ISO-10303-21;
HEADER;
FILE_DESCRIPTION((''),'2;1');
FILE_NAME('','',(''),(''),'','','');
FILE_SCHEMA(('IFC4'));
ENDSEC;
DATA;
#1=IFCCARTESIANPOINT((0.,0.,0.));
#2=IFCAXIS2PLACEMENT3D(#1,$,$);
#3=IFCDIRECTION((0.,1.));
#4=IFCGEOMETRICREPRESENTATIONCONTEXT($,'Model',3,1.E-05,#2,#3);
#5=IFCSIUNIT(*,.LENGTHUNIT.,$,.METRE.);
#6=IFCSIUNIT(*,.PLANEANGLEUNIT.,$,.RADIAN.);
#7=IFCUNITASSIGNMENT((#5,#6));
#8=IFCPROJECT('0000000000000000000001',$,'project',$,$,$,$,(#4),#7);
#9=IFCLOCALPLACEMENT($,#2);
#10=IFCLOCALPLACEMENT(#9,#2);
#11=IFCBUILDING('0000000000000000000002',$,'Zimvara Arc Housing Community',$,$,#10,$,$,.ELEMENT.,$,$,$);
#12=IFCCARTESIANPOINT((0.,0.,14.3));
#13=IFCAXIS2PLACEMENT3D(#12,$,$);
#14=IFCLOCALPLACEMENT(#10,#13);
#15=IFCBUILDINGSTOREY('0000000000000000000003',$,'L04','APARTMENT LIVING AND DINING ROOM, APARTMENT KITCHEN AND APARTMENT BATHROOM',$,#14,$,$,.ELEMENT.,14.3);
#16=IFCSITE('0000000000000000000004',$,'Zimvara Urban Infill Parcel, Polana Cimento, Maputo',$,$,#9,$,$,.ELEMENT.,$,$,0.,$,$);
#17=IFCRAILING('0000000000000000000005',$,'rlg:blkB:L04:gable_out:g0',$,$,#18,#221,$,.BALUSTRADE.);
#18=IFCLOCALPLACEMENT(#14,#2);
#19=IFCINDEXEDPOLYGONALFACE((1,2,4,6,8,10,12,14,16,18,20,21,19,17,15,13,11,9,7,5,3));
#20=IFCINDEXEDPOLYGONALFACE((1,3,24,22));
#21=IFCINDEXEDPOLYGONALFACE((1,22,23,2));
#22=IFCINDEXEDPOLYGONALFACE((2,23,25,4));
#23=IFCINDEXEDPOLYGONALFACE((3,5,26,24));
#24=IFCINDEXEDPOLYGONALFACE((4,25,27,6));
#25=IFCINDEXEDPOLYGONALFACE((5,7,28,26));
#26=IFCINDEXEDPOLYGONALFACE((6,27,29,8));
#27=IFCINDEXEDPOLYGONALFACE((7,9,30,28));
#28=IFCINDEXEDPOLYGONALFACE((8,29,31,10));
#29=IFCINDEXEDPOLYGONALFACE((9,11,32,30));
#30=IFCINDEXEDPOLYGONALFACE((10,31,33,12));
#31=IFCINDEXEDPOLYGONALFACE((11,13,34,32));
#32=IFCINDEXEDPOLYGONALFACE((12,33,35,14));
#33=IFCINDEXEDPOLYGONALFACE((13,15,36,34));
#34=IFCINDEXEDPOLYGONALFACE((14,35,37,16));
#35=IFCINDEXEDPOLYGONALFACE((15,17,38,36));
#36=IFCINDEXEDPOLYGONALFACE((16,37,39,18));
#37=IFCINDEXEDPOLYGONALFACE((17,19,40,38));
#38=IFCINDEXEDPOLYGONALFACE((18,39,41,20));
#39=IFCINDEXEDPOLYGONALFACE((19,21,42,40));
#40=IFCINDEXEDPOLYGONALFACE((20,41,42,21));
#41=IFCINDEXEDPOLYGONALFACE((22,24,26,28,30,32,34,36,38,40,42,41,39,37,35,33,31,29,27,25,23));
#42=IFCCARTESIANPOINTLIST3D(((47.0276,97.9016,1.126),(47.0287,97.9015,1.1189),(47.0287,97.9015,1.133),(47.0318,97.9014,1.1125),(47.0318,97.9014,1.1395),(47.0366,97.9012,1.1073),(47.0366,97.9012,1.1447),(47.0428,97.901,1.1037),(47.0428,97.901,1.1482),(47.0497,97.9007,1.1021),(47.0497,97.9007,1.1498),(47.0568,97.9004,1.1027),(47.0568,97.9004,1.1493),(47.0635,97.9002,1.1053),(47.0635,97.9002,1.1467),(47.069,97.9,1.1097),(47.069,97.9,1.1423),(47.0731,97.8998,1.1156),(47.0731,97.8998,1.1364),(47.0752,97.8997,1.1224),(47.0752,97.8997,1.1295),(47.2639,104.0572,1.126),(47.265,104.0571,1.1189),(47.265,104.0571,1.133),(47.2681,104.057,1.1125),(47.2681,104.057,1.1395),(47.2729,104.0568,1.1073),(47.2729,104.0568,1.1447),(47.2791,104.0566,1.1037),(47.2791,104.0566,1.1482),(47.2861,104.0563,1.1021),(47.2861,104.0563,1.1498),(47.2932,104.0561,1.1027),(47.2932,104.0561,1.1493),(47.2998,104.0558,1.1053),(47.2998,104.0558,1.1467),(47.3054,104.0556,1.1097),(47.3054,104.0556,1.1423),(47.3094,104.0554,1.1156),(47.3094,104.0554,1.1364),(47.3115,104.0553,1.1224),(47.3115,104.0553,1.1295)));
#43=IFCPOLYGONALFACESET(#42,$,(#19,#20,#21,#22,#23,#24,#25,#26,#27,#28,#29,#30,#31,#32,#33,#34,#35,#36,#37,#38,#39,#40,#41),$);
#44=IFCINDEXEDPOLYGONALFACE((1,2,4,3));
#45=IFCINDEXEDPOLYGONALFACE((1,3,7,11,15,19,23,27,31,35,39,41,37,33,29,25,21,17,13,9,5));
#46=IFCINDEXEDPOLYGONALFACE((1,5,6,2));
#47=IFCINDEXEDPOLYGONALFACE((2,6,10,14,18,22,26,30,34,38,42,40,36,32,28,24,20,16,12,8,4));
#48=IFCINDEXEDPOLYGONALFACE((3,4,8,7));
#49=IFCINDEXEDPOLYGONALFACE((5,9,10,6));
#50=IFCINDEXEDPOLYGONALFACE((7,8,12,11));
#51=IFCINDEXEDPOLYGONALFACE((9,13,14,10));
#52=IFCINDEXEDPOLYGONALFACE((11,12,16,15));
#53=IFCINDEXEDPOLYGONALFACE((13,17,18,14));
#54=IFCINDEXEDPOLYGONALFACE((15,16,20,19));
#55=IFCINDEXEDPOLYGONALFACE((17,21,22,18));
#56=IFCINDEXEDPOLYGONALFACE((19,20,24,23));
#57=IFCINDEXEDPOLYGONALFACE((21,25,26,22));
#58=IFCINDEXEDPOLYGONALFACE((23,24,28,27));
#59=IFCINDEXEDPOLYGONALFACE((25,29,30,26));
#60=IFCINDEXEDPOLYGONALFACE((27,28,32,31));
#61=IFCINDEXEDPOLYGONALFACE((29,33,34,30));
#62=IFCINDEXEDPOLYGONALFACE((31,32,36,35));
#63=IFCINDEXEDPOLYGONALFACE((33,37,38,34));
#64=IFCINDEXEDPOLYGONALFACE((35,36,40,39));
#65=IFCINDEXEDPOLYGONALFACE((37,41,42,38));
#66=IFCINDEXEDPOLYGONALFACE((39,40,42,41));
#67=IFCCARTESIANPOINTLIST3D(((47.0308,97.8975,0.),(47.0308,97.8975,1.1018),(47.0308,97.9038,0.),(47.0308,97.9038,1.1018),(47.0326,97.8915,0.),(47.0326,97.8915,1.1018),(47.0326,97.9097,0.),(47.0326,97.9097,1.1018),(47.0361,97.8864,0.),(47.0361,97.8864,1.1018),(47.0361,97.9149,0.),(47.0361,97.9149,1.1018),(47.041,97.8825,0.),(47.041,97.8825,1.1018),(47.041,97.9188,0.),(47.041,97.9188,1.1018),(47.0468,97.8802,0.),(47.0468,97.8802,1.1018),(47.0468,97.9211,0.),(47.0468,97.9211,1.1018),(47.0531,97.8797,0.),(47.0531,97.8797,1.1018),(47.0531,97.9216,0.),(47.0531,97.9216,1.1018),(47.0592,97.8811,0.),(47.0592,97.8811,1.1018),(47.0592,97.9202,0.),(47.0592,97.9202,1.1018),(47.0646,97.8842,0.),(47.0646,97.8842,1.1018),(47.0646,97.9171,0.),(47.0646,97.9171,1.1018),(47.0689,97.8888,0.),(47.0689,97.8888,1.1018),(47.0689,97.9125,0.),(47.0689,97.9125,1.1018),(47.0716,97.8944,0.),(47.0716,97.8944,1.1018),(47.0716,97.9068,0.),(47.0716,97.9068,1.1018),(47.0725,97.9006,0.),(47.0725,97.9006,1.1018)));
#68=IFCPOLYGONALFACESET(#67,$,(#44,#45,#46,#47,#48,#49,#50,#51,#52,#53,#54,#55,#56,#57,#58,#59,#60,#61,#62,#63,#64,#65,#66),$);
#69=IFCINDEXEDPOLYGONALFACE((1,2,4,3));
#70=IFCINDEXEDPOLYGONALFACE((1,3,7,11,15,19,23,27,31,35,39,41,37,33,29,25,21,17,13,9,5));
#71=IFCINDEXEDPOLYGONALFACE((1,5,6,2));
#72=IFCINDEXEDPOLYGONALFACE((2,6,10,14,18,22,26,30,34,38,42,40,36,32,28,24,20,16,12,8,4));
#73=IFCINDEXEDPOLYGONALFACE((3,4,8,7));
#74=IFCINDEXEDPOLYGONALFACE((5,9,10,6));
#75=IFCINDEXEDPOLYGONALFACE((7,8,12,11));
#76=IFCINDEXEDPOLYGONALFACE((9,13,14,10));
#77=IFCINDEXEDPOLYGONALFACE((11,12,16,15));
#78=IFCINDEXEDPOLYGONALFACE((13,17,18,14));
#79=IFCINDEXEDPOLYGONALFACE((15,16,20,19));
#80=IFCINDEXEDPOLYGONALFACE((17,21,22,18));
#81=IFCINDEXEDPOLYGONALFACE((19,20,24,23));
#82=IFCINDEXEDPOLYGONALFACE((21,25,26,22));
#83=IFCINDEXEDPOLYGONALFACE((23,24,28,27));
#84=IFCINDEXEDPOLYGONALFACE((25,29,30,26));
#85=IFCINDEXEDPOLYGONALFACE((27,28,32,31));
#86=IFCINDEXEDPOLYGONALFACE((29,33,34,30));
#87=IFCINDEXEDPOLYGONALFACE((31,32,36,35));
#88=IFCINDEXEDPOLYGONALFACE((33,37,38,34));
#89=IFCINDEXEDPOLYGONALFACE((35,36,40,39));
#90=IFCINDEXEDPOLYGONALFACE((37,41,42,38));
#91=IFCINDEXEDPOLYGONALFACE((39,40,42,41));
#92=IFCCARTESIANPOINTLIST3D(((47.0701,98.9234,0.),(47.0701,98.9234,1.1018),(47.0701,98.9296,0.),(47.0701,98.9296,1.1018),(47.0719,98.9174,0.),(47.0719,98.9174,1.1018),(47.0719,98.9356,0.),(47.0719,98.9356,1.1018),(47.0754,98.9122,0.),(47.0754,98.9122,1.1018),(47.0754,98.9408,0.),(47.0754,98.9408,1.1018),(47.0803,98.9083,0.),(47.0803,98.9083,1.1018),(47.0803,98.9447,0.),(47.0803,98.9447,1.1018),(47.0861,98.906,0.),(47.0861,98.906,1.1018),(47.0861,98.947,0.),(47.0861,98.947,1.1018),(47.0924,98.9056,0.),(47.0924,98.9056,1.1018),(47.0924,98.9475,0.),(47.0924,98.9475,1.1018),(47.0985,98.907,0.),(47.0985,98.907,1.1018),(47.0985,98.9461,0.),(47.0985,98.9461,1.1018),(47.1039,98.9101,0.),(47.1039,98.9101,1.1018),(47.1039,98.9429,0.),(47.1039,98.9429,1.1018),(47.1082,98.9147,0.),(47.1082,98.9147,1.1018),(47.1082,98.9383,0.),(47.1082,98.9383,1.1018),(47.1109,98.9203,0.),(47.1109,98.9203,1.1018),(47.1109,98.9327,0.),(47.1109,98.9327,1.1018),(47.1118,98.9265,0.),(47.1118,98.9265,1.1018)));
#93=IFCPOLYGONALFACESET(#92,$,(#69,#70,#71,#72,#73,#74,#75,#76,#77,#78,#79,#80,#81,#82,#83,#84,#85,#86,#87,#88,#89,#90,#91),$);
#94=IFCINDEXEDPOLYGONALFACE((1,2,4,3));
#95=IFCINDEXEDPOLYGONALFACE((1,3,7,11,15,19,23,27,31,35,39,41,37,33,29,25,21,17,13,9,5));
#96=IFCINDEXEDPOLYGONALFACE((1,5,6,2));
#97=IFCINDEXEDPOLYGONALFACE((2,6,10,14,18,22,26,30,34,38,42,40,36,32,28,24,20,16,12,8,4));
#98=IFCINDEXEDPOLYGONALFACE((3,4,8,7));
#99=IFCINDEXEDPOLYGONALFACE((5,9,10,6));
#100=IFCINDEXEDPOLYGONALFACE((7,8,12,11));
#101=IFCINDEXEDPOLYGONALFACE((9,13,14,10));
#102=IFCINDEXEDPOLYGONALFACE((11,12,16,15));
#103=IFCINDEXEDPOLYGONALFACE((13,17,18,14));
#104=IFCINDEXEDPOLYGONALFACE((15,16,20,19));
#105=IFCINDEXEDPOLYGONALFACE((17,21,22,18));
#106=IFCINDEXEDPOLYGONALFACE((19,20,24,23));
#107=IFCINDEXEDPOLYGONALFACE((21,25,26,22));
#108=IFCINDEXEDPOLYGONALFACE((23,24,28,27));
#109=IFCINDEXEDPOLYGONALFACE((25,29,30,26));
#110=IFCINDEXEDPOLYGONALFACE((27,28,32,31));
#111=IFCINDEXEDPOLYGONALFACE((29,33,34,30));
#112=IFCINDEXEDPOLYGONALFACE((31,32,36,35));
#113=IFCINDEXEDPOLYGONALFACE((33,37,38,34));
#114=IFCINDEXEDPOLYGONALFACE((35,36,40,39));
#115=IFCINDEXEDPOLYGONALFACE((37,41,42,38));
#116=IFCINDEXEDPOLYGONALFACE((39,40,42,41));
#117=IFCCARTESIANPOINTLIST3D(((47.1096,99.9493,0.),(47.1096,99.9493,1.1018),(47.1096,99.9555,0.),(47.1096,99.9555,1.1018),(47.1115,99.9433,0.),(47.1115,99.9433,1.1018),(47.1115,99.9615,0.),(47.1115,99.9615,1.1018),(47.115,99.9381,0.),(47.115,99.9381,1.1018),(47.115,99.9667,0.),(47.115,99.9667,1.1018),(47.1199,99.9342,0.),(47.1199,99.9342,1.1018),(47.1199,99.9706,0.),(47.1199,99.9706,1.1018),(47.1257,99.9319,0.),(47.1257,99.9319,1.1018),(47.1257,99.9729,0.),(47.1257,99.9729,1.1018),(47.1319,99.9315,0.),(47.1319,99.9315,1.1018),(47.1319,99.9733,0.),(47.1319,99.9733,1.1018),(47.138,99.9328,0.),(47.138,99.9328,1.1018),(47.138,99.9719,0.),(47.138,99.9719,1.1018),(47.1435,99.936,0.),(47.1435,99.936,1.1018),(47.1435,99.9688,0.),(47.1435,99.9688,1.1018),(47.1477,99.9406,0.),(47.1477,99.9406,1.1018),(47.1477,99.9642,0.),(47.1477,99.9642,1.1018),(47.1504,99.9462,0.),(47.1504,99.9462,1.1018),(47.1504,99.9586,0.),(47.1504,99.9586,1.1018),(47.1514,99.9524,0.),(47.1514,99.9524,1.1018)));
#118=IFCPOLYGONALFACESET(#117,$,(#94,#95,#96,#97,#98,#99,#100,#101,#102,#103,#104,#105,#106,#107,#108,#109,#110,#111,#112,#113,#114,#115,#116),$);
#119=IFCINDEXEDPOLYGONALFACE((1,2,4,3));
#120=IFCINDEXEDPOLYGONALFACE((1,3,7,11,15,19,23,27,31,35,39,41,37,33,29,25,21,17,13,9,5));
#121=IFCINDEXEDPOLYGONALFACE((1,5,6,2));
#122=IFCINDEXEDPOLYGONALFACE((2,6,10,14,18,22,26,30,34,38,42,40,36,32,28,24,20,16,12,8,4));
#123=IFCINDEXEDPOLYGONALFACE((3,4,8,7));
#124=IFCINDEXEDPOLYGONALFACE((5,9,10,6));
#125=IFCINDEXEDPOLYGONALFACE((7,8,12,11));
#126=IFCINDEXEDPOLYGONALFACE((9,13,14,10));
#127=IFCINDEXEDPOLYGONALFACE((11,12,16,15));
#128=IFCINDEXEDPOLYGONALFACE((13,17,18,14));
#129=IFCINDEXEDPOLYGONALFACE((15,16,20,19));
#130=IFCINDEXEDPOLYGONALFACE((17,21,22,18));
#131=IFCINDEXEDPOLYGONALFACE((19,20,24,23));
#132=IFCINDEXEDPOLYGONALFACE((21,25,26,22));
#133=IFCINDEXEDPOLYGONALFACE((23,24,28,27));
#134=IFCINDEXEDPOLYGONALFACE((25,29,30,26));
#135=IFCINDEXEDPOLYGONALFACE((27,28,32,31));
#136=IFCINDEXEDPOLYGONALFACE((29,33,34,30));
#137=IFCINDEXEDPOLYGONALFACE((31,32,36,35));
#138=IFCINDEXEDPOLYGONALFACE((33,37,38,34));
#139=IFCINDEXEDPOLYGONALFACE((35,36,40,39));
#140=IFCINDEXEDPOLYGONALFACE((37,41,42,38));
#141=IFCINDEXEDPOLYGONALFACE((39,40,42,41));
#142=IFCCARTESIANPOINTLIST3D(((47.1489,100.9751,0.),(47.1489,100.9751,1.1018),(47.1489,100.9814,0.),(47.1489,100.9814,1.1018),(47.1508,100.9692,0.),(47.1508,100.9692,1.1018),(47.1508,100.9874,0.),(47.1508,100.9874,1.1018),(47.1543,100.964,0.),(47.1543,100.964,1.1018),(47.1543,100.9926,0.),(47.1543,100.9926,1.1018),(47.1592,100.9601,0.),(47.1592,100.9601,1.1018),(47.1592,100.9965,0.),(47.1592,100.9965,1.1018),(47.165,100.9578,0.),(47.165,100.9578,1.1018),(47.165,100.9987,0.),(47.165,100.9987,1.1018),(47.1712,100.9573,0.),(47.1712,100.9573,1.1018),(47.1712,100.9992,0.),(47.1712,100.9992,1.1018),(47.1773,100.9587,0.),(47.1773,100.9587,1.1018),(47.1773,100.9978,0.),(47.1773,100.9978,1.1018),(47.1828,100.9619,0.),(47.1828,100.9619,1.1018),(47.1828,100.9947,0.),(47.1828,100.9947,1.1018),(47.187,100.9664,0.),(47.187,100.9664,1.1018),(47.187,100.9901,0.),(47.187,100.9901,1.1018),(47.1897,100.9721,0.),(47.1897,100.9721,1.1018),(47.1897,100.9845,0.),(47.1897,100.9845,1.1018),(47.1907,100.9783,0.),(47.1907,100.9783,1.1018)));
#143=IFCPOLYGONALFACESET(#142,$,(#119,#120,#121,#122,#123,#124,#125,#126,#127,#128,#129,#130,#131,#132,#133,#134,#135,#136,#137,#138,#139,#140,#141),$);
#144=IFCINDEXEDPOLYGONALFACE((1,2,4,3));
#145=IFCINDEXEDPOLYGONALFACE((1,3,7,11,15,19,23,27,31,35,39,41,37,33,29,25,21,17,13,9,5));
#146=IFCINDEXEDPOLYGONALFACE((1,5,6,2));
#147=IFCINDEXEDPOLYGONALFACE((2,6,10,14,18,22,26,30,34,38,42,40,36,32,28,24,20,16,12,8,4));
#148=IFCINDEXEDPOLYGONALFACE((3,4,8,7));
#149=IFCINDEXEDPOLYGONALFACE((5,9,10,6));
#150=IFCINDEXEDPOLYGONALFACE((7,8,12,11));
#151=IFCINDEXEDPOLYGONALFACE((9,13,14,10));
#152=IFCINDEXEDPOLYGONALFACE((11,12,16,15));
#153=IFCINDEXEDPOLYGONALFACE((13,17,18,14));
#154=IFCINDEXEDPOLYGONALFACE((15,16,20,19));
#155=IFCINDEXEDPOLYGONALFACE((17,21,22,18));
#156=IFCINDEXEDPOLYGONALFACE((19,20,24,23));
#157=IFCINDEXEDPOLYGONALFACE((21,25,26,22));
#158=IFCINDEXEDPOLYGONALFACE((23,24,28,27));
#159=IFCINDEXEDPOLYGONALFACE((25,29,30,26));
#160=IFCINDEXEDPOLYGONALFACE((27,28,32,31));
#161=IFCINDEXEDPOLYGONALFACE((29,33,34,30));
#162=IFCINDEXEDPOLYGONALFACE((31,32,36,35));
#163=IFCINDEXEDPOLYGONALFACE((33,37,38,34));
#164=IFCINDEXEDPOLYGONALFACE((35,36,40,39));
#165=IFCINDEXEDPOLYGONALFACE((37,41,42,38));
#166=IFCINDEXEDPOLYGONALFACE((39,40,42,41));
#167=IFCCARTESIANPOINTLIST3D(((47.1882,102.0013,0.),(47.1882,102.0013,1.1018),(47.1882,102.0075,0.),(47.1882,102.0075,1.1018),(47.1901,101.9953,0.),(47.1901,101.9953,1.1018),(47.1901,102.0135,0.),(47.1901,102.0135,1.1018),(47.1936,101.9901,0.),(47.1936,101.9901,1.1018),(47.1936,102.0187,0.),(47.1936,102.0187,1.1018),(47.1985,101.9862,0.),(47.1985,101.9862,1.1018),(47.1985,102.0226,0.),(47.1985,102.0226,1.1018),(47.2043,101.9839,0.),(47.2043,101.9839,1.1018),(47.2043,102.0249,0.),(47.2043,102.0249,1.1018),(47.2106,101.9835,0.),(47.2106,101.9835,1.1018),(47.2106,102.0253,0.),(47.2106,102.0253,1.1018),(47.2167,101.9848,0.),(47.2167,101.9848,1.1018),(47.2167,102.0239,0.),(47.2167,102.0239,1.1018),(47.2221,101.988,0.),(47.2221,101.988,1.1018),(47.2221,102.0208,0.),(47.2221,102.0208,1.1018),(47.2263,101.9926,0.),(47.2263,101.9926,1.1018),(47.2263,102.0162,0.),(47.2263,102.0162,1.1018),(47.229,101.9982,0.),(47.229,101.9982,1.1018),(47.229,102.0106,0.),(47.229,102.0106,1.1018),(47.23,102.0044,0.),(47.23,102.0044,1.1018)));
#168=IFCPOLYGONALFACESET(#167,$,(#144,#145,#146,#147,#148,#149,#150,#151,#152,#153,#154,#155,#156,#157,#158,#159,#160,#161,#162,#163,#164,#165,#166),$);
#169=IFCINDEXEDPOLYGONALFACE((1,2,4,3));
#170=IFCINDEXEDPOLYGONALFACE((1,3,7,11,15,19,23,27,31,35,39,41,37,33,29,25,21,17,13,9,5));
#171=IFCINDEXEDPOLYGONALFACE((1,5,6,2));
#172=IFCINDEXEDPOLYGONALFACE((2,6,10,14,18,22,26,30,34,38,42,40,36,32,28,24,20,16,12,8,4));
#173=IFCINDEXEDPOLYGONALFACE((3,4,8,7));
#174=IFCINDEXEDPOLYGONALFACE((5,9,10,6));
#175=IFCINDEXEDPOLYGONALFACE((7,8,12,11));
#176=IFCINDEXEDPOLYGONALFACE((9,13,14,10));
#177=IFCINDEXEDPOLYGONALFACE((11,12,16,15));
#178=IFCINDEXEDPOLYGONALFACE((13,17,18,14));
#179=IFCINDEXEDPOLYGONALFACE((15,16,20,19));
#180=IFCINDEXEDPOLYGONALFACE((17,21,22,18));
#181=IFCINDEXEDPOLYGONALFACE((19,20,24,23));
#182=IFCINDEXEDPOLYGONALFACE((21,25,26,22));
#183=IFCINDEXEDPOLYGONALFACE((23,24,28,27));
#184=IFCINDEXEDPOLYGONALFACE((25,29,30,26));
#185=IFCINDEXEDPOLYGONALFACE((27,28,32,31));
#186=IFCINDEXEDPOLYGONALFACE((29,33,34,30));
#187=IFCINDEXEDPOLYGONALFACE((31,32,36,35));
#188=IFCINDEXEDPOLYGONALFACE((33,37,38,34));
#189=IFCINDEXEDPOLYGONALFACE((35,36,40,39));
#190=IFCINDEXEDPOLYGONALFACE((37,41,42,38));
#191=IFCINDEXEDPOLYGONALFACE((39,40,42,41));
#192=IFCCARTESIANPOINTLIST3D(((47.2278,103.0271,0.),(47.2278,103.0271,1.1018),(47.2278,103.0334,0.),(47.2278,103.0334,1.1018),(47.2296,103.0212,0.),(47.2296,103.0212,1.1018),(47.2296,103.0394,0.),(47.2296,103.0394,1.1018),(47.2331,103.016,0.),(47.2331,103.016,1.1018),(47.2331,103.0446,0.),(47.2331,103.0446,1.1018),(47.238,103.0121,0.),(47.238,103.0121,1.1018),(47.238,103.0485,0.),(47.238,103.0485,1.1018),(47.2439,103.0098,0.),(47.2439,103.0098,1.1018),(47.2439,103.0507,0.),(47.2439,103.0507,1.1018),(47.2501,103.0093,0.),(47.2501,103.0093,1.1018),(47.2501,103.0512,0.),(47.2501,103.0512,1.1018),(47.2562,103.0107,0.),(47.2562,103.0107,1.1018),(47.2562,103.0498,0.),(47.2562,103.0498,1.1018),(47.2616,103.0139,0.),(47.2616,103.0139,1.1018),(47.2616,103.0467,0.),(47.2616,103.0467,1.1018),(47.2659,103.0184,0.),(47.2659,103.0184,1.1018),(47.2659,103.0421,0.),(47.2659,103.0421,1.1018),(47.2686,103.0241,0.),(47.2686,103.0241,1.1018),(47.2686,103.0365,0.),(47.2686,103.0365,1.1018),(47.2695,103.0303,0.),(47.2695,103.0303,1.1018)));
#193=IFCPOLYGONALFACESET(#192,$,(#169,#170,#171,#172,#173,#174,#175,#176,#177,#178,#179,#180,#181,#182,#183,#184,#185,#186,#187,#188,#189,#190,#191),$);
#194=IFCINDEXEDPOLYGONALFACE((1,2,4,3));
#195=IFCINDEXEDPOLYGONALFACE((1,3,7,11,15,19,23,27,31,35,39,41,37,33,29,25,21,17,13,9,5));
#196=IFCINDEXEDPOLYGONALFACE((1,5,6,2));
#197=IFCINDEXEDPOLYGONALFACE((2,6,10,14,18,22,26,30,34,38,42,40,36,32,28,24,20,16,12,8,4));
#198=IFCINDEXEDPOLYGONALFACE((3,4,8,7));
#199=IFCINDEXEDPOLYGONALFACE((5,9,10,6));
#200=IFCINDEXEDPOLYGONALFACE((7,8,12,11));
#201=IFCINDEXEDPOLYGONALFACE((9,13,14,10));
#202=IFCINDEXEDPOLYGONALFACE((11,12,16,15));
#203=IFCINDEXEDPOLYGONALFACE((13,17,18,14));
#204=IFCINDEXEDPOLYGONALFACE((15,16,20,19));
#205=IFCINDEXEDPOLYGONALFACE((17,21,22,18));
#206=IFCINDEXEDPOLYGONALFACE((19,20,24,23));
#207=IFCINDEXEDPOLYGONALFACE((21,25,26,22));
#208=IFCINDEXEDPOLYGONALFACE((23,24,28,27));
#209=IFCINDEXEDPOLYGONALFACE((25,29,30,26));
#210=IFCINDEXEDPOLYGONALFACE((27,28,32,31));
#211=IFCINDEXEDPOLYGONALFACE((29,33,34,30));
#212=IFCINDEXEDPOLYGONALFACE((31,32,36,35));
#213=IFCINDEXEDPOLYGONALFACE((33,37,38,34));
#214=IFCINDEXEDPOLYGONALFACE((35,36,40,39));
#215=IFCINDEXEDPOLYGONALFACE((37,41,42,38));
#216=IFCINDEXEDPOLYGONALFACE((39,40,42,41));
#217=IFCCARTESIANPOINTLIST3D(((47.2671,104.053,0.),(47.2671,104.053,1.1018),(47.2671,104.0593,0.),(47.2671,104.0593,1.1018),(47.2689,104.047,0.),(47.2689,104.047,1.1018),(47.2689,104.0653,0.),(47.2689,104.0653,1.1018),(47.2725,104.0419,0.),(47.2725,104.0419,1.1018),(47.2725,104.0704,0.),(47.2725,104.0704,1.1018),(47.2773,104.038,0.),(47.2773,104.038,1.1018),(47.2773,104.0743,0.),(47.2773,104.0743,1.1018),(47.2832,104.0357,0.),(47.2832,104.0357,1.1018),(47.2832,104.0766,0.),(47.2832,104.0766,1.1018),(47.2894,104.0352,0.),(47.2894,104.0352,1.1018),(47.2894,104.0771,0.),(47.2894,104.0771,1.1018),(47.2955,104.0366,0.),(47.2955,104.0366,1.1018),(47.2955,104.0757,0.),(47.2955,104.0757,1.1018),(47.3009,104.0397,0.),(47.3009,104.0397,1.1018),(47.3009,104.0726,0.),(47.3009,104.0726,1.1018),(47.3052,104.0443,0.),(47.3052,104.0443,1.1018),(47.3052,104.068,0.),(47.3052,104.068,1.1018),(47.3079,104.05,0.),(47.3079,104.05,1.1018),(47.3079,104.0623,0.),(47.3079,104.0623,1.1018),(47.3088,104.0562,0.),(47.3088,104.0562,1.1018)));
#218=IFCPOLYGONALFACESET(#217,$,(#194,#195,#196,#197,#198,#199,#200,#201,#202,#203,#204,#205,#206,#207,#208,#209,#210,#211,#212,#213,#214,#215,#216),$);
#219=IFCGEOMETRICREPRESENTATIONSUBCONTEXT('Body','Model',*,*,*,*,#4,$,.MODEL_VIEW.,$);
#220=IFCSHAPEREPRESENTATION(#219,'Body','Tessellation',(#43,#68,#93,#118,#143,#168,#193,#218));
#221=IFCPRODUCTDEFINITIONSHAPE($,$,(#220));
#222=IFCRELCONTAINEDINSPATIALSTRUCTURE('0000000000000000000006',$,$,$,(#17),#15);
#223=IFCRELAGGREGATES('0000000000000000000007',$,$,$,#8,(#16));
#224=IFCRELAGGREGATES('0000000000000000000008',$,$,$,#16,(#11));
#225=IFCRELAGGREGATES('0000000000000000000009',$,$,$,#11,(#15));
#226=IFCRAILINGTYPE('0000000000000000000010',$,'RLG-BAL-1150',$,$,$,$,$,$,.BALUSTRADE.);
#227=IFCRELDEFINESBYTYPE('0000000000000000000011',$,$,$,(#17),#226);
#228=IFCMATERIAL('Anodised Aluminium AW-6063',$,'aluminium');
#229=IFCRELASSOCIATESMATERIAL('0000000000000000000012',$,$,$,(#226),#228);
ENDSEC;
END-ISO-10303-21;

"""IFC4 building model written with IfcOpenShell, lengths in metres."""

from ifc_helpers import new_model, si_unit, direction, frame, origin, origin_2d, place, context, subcontext, project, spatial, circle, extrude, material, type_object, element, save


model = new_model("IFC4")

# Units and contexts
model_context = context("Model", 3, precision=1e-05, world=origin(), true_north=direction((0.0, 1.0)))
body_context = subcontext(model_context, "Body", "Model", "MODEL_VIEW")
ifc_project = project(units=[si_unit("LENGTHUNIT", "METRE"), si_unit("PLANEANGLEUNIT", "RADIAN")], contexts=[model_context])

# Site, building, storey
site_placement = place(None, origin())
site = spatial("IfcSite", under=ifc_project, at=site_placement, Name="Zimvara Urban Infill Parcel, Polana Cimento, Maputo", CompositionType="ELEMENT", RefElevation=0.0)
building_placement = place(site_placement, origin())
building = spatial("IfcBuilding", under=site, at=building_placement, Name="Zimvara Arc Housing Community", CompositionType="ELEMENT")
storey_placement = place(building_placement, frame((0.0, 0.0, 14.3)))
storey = spatial("IfcBuildingStorey", under=building, at=storey_placement, Name="L04", Description="APARTMENT LIVING AND DINING ROOM, APARTMENT KITCHEN AND APARTMENT BATHROOM", CompositionType="ELEMENT", Elevation=14.3)

# Railing
ifc_material_1 = material(Name="Anodised Aluminium AW-6063", Category="aluminium")
railing_type = type_object("IfcRailingType", Name="RLG-BAL-1150", PredefinedType="BALUSTRADE", material=ifc_material_1)
railing_placement = place(storey_placement, frame((47.0515, 97.9006, 0.0)))
element("IfcRailing", 1, at=railing_placement, inside=storey, type_object=railing_type, Name="rlg:blkB:L04:gable_out:g0", PredefinedType="BALUSTRADE", context=body_context, shape_type="SweptSolid", body=[
    extrude(circle(Radius=0.0239, at=origin_2d()), frame((0.0, 0.0, 1.126), z_axis=(0.038365, 0.999264, 0.0), x_axis=(-0.999264, 0.038365, 0.0)), (0.0, 0.0, 1.0), 6.1602),
    extrude(circle(Radius=0.021, at=origin_2d()), origin(), (0.0, 0.0, 1.0), 1.1018),
    extrude(circle(Radius=0.021, at=origin_2d()), frame((0.0393, 1.0259, 0.0)), (0.0, 0.0, 1.0), 1.1018),
    extrude(circle(Radius=0.021, at=origin_2d()), frame((0.0789, 2.0518, 0.0)), (0.0, 0.0, 1.0), 1.1018),
    extrude(circle(Radius=0.021, at=origin_2d()), frame((0.1182, 3.0776, 0.0)), (0.0, 0.0, 1.0), 1.1018),
    extrude(circle(Radius=0.021, at=origin_2d()), frame((0.1575, 4.1038, 0.0)), (0.0, 0.0, 1.0), 1.1018),
    extrude(circle(Radius=0.021, at=origin_2d()), frame((0.197, 5.1296, 0.0)), (0.0, 0.0, 1.0), 1.1018),
    extrude(circle(Radius=0.021, at=origin_2d()), frame((0.2363, 6.1555, 0.0)), (0.0, 0.0, 1.0), 1.1018),
])

save(model, "model.ifc")
